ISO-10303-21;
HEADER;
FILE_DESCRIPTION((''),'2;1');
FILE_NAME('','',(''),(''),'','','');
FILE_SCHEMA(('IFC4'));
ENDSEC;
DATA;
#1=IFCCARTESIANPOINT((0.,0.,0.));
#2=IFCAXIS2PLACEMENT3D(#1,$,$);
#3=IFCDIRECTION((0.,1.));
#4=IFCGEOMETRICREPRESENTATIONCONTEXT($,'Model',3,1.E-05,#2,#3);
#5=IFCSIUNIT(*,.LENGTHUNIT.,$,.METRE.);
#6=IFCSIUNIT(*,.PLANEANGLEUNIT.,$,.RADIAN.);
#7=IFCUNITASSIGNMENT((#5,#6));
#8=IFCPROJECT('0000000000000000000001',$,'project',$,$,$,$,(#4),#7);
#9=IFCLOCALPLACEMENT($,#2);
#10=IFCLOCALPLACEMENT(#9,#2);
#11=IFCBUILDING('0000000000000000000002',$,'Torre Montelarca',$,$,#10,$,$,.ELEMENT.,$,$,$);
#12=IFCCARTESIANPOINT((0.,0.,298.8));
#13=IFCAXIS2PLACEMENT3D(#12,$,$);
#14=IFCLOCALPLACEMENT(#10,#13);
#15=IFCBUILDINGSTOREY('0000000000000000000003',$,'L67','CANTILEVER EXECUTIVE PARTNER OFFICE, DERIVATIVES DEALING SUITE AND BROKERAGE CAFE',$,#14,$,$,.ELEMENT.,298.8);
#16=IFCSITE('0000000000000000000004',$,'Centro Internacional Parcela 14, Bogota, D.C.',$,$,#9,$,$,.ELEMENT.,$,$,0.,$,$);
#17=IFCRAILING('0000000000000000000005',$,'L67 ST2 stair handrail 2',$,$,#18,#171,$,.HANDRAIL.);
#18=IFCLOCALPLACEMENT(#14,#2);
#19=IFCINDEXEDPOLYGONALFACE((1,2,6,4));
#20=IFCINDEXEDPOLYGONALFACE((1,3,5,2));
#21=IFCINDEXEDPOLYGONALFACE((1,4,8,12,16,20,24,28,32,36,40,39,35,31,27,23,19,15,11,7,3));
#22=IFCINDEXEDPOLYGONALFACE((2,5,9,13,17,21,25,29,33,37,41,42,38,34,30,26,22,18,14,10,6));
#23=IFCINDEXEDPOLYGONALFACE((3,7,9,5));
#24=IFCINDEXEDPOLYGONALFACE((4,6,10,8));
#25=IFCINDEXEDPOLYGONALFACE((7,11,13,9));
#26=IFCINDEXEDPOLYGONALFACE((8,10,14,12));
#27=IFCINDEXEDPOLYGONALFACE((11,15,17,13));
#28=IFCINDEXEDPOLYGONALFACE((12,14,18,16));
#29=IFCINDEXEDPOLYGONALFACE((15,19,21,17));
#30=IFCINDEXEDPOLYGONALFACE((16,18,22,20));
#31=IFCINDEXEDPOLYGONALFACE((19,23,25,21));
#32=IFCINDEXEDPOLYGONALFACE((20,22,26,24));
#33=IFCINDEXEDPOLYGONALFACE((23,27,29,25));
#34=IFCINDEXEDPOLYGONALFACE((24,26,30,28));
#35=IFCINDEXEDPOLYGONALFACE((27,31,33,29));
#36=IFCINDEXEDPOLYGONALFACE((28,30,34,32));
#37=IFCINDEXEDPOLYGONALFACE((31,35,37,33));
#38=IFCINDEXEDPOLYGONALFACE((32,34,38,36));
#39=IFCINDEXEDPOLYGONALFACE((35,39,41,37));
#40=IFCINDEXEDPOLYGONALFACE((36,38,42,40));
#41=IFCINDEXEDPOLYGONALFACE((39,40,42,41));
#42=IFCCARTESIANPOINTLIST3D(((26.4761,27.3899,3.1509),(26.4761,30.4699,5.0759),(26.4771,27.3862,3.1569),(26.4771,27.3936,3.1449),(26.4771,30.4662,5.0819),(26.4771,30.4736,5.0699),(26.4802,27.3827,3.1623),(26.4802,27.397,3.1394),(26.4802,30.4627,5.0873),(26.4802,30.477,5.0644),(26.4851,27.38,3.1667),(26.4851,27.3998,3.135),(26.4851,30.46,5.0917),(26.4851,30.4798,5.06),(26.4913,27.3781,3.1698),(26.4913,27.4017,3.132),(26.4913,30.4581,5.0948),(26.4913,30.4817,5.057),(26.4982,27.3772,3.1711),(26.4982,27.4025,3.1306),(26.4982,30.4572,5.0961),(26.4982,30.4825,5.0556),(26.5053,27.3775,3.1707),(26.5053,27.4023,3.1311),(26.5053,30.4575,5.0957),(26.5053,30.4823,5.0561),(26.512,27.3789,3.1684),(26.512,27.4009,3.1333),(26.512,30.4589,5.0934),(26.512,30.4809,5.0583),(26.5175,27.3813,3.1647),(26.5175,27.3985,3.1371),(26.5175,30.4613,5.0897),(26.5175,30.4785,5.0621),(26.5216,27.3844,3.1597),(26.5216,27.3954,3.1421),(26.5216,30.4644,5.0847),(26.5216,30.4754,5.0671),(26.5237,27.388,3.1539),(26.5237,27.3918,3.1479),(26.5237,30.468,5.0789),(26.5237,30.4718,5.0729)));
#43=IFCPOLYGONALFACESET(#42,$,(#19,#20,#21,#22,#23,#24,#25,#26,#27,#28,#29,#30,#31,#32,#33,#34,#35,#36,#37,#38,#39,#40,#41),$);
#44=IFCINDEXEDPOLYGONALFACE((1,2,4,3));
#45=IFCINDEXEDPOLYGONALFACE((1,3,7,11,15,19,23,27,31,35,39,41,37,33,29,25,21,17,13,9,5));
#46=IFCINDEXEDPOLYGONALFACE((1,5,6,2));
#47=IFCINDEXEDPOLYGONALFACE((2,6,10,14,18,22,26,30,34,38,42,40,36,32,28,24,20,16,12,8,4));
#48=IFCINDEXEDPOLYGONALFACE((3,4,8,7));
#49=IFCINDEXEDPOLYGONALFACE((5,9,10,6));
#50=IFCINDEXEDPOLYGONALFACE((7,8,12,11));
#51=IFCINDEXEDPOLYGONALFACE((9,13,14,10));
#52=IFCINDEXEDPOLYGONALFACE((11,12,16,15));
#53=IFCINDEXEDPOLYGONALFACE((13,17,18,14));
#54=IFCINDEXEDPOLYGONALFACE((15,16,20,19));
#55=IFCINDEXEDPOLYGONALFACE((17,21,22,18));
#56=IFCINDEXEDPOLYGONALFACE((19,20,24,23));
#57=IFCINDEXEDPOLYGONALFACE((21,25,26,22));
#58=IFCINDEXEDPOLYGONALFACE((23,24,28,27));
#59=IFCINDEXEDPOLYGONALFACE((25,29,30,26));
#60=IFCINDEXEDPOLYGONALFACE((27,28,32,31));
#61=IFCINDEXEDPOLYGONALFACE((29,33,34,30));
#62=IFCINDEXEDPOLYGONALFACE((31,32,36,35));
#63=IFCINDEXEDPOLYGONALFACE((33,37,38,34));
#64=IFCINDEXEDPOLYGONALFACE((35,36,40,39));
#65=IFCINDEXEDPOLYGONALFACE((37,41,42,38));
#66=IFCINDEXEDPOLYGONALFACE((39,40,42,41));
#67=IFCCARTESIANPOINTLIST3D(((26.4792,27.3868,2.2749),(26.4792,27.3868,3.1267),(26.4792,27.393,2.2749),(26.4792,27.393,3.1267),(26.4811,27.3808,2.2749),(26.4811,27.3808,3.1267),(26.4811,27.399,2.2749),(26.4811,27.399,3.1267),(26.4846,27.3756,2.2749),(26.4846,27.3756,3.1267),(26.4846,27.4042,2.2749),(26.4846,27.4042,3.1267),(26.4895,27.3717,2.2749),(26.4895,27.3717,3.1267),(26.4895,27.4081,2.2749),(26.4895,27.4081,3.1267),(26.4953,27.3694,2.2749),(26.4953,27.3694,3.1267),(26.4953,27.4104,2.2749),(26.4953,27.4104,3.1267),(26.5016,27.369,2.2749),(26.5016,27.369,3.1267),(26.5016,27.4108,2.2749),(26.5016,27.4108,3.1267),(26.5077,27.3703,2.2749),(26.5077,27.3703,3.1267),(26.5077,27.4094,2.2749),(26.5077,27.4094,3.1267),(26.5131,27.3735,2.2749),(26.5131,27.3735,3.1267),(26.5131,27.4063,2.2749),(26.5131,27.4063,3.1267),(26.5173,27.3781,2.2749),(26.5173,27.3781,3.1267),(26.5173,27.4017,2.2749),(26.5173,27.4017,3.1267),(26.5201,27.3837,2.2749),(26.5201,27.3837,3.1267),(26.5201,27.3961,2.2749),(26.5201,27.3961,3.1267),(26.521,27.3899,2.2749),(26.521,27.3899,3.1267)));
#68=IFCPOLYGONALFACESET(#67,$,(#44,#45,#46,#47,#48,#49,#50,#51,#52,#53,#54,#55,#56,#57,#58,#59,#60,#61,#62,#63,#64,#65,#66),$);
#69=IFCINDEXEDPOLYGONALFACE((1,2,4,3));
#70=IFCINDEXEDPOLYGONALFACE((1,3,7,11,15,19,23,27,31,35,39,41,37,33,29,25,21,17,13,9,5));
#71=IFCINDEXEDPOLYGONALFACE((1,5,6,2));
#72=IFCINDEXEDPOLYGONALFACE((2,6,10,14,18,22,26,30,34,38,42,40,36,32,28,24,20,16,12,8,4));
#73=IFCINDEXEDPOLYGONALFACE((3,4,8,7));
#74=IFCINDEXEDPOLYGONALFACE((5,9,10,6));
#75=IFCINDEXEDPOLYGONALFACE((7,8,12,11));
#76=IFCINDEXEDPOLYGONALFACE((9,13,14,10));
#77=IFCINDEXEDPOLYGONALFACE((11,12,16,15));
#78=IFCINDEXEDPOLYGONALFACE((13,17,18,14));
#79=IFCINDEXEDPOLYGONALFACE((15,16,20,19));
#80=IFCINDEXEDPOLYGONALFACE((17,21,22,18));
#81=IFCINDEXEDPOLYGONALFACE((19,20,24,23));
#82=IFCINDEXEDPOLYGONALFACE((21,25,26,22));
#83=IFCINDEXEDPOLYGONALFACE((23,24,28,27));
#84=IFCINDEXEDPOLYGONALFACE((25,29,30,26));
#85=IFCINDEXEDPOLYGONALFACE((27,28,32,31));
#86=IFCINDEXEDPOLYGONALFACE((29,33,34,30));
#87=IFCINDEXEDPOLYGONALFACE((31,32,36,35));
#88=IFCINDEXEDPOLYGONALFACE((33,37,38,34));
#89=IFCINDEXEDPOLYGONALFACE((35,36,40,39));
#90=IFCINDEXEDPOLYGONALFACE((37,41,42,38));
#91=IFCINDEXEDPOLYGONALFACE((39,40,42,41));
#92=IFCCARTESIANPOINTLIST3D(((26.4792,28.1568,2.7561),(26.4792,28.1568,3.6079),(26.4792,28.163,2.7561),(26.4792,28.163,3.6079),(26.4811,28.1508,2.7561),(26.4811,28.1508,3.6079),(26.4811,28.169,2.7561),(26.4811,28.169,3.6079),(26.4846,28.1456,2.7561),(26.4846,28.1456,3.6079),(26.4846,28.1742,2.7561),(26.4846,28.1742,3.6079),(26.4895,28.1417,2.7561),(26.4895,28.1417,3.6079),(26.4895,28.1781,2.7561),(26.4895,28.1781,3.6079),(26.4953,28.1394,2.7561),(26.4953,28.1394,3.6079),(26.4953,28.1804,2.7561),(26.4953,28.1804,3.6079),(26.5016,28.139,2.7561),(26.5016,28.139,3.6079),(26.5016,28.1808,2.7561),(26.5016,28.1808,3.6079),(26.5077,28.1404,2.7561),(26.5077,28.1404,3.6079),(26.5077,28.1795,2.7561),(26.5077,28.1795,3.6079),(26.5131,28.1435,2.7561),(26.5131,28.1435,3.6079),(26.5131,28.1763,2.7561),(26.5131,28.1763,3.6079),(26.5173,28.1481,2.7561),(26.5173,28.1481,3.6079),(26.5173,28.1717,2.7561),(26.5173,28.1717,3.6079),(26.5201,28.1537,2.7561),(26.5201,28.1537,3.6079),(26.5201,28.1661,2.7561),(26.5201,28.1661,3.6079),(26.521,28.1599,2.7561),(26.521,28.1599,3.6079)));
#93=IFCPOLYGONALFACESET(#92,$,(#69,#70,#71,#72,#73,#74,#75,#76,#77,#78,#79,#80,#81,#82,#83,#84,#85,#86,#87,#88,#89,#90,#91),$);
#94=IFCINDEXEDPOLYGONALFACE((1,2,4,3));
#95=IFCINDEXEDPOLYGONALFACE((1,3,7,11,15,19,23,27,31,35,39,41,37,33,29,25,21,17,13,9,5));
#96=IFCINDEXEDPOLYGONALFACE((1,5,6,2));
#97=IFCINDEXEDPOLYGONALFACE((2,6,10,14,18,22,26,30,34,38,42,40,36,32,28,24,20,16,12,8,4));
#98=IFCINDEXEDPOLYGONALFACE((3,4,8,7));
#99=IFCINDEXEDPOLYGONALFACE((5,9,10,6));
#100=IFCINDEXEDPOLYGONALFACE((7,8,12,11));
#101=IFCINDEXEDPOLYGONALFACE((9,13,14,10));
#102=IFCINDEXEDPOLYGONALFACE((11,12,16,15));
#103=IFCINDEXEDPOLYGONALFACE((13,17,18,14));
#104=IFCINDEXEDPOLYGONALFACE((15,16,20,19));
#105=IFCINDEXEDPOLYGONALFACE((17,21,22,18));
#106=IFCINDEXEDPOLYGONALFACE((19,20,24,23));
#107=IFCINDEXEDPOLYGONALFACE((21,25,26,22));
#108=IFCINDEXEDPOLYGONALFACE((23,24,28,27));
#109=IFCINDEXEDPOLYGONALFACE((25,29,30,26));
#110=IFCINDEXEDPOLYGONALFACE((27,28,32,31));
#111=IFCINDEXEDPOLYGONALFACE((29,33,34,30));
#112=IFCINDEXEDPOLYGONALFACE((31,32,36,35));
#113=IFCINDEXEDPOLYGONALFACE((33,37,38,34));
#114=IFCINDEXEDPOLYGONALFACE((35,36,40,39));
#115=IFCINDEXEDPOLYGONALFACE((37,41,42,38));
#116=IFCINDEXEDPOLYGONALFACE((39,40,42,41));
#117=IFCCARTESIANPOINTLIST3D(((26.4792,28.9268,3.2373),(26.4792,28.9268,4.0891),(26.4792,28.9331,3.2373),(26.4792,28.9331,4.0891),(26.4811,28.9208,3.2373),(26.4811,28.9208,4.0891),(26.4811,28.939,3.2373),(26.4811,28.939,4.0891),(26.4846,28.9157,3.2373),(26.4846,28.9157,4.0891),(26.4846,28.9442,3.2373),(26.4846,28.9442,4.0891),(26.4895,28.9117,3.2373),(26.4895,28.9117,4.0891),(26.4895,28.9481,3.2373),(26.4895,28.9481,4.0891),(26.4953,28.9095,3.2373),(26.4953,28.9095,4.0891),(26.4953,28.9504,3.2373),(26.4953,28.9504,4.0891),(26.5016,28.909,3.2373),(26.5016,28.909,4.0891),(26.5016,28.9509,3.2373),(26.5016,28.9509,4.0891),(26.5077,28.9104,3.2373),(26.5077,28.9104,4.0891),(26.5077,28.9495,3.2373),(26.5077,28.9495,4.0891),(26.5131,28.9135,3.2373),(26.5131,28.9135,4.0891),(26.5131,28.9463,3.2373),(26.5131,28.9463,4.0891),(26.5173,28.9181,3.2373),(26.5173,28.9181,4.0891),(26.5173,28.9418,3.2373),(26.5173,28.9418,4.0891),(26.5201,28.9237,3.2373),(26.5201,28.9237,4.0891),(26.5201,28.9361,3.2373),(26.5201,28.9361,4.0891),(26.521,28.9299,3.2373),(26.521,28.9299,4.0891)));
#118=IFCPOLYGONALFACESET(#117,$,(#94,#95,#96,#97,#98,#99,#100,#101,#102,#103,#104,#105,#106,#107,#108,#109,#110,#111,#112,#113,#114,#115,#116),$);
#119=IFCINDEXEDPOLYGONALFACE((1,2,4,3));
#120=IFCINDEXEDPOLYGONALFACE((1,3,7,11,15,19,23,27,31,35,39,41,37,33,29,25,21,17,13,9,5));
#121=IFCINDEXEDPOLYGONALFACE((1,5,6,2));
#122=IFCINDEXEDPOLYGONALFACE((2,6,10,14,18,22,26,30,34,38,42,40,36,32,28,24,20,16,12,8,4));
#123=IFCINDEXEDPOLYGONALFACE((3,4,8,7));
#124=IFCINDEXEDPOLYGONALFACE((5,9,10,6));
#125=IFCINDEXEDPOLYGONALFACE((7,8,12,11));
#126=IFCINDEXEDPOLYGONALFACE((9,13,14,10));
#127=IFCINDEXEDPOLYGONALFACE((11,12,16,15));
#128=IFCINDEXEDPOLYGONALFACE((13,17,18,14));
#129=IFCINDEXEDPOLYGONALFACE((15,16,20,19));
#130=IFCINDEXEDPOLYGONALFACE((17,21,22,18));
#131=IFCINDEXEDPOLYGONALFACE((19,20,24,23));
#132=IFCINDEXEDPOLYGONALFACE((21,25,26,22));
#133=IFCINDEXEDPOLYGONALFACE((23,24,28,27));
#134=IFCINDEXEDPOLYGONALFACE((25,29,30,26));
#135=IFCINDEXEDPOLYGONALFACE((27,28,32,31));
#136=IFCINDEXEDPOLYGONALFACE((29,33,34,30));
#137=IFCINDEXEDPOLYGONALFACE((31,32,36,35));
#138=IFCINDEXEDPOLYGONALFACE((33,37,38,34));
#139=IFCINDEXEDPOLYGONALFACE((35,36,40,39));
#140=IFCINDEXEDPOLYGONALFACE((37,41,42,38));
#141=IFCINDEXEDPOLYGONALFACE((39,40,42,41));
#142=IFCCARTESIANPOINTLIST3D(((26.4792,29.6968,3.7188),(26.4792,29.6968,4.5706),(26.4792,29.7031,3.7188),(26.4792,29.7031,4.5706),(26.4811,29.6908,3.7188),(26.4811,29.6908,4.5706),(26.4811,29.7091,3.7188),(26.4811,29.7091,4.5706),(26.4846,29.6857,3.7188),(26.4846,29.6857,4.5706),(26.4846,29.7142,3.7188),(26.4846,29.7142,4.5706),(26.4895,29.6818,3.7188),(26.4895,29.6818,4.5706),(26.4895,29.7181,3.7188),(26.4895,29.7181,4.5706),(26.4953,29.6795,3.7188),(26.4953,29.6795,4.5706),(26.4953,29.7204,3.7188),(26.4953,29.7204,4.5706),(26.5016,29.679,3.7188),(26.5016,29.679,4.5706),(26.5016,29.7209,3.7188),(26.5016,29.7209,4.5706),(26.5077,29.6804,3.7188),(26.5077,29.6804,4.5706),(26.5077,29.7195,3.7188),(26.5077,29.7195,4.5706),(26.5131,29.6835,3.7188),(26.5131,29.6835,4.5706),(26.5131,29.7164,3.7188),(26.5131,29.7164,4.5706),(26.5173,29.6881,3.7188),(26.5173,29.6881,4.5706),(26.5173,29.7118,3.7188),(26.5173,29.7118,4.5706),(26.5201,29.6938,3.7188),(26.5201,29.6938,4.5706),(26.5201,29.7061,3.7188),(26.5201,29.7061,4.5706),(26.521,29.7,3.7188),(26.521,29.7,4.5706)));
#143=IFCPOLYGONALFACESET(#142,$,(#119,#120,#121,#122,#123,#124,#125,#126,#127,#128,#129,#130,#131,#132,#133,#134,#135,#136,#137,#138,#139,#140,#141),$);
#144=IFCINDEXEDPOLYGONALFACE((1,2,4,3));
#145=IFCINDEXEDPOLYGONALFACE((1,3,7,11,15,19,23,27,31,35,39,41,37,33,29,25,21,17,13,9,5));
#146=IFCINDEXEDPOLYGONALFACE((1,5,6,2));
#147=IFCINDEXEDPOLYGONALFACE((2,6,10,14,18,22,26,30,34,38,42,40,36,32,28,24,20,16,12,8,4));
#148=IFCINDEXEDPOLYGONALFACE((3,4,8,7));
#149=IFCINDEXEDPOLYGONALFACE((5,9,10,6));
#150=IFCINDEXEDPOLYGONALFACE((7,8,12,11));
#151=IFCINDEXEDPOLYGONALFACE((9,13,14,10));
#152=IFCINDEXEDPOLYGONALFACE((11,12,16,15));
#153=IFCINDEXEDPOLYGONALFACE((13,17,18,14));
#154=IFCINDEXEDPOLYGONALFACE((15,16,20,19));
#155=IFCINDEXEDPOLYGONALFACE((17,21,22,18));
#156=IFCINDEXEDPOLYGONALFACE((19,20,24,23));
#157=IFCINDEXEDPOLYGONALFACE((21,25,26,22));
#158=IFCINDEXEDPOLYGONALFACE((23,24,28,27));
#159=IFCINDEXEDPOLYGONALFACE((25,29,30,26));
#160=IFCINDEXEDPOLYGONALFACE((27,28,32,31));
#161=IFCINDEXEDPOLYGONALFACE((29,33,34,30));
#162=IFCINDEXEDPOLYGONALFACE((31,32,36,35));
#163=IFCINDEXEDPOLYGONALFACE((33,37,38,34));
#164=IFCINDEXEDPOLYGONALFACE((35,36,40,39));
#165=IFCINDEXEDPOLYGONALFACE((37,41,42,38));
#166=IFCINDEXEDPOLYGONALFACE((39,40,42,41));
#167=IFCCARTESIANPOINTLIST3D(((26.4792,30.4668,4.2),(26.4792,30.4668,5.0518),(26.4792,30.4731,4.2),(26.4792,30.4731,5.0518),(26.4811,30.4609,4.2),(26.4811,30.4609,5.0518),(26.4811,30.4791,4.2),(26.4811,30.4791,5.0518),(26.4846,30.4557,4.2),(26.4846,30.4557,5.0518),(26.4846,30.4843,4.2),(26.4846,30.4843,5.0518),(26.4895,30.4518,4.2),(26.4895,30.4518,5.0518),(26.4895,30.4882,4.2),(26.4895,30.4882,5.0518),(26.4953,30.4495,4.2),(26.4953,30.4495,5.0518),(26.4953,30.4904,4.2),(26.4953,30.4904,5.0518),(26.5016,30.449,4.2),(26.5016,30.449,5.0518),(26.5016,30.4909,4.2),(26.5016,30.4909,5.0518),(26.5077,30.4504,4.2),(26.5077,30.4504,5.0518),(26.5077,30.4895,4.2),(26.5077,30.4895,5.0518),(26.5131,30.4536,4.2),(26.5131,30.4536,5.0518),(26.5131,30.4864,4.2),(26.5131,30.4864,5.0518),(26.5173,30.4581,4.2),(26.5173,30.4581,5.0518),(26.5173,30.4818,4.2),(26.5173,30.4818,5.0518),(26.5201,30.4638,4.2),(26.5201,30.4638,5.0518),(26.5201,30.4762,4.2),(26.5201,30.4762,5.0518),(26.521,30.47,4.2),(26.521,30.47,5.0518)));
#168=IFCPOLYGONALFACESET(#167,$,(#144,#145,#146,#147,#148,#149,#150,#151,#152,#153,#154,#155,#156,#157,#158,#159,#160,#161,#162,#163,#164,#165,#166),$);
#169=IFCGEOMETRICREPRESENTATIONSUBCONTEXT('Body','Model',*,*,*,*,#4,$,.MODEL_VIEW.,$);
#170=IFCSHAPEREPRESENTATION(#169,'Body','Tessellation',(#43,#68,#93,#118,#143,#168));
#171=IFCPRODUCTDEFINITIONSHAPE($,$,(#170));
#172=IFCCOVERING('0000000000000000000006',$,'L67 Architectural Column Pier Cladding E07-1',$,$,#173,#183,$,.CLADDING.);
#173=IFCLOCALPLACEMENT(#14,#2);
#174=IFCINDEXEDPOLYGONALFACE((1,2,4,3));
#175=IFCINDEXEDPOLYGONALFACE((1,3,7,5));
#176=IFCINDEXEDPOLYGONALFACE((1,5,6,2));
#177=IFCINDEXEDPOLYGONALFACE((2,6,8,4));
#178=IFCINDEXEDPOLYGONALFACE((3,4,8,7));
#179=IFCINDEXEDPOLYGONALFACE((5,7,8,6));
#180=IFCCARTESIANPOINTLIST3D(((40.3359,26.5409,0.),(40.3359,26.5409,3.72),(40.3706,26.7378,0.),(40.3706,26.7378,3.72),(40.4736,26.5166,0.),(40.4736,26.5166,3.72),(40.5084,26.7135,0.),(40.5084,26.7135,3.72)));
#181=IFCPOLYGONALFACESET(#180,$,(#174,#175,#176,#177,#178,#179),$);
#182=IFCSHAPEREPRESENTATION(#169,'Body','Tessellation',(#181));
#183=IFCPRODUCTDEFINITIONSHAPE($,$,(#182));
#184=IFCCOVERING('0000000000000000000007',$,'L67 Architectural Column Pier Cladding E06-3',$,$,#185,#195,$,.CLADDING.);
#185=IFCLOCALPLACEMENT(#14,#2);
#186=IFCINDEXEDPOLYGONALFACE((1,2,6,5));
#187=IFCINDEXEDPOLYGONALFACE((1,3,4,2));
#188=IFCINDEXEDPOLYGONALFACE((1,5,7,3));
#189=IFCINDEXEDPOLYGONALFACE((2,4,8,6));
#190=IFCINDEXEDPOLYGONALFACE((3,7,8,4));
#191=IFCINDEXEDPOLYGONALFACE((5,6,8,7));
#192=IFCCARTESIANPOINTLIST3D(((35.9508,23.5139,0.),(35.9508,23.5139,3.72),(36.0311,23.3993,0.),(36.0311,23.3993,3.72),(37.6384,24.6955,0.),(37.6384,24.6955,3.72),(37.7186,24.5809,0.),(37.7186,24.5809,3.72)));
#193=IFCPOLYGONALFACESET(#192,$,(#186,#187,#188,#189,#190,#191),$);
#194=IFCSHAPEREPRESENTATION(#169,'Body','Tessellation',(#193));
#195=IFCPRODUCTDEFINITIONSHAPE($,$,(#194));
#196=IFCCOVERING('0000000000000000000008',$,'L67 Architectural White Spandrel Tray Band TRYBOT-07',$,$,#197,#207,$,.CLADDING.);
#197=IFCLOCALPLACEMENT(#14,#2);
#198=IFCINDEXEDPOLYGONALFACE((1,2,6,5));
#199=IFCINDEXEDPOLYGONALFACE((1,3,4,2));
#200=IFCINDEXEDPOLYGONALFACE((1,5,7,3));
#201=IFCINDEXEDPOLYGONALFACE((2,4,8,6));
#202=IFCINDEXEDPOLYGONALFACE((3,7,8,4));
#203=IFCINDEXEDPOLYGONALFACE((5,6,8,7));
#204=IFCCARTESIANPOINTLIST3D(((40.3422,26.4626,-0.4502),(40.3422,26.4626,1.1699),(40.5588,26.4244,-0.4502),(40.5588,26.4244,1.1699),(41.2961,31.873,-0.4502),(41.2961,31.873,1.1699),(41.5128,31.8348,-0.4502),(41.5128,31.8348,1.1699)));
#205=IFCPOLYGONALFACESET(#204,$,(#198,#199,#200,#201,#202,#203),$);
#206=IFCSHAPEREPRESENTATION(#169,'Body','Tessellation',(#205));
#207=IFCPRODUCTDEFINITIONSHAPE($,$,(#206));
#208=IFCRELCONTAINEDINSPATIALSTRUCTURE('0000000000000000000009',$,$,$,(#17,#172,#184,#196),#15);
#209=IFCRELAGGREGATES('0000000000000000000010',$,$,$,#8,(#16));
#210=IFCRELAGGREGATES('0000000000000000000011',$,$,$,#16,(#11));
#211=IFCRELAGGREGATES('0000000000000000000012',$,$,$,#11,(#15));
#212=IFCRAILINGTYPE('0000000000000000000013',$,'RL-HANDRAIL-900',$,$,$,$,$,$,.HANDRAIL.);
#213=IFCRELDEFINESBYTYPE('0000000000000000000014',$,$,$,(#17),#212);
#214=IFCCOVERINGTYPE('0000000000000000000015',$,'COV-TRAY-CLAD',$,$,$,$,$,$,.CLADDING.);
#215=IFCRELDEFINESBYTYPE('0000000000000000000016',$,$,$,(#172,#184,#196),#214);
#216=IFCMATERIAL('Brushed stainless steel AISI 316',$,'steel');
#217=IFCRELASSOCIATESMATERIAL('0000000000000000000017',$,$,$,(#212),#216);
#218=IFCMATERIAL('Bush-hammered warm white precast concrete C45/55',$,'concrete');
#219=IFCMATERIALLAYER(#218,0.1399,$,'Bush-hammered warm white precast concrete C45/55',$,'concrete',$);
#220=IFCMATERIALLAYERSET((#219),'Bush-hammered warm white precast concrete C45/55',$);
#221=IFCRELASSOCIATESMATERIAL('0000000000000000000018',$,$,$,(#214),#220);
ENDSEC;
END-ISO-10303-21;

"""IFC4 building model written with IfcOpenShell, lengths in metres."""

from ifc_helpers import new_model, si_unit, direction, frame, origin, origin_2d, place, context, subcontext, project, spatial, rectangle, circle, extrude, source, transform, mapped, material, layer, layer_set, type_object, element, save


model = new_model("IFC4")

# Units and contexts
model_context = context("Model", 3, precision=1e-05, world=origin(), true_north=direction((0.0, 1.0)))
body_context = subcontext(model_context, "Body", "Model", "MODEL_VIEW")
ifc_project = project(units=[si_unit("LENGTHUNIT", "METRE"), si_unit("PLANEANGLEUNIT", "RADIAN")], contexts=[model_context])

# Site, building, storey
site_placement = place(None, origin())
site = spatial("IfcSite", under=ifc_project, at=site_placement, Name="Centro Internacional Parcela 14, Bogota, D.C.", CompositionType="ELEMENT", RefElevation=0.0)
building_placement = place(site_placement, origin())
building = spatial("IfcBuilding", under=site, at=building_placement, Name="Torre Montelarca", CompositionType="ELEMENT")
storey_placement = place(building_placement, frame((0.0, 0.0, 298.8)))
storey = spatial("IfcBuildingStorey", under=building, at=storey_placement, Name="L67", Description="CANTILEVER EXECUTIVE PARTNER OFFICE, DERIVATIVES DEALING SUITE AND BROKERAGE CAFE", CompositionType="ELEMENT", Elevation=298.8)

# Railing
ifc_material_1 = material(Name="Brushed stainless steel AISI 316", Category="steel")
railing_type = type_object("IfcRailingType", Name="RL-HANDRAIL-900", PredefinedType="HANDRAIL", material=ifc_material_1)
railing_placement = place(storey_placement, frame((26.5, 27.3899, 2.2749)))
element("IfcRailing", 1, at=railing_placement, inside=storey, type_object=railing_type, Name="L67 ST2 stair handrail 2", PredefinedType="HANDRAIL", context=body_context, shape_type="SweptSolid", body=[
    extrude(circle(Radius=0.0239, at=origin_2d()), frame((0.0, 0.0, 0.876), z_axis=(0.0, 0.847998, 0.529999), x_axis=(-1.0, 0.0, 0.0)), (0.0, 0.0, 1.0), 3.6321),
    extrude(circle(Radius=0.021, at=origin_2d()), origin(), (0.0, 0.0, 1.0), 0.8518),
    extrude(circle(Radius=0.021, at=origin_2d()), frame((0.0, 0.77, 0.4812)), (0.0, 0.0, 1.0), 0.8518),
    extrude(circle(Radius=0.021, at=origin_2d()), frame((0.0, 1.54, 0.9624)), (0.0, 0.0, 1.0), 0.8518),
    extrude(circle(Radius=0.021, at=origin_2d()), frame((0.0, 2.3101, 1.4438)), (0.0, 0.0, 1.0), 0.8518),
    extrude(circle(Radius=0.021, at=origin_2d()), frame((0.0, 3.0801, 1.925)), (0.0, 0.0, 1.0), 0.8518),
])

# Coverings
ifc_material_2 = material(Name="Bush-hammered warm white precast concrete C45/55", Category="concrete")
ifc_layer_1 = layer(ifc_material_2, 0.1399, Name="Bush-hammered warm white precast concrete C45/55", Category="concrete")
ifc_layer_set_1 = layer_set([ifc_layer_1], Name="Bush-hammered warm white precast concrete C45/55")
covering_type = type_object("IfcCoveringType", Name="COV-TRAY-CLAD", PredefinedType="CLADDING", material=ifc_layer_set_1)
shared_shape_1 = source(origin(), body_context, "Body", "SweptSolid", [
    extrude(rectangle(XDim=0.2, YDim=0.1399, at=origin_2d()), origin(), (0.0, 0.0, 1.0), 3.72),
])
covering_1_placement = place(storey_placement, frame((40.4221, 26.6272, 0.0), z_axis=(0.0, 0.0, 1.0), x_axis=(0.173626, 0.984812, 0.0)))
element("IfcCovering", 2, at=covering_1_placement, inside=storey, type_object=covering_type, Name="L67 Architectural Column Pier Cladding E07-1", PredefinedType="CLADDING", context=body_context, shape_type="MappedRepresentation", body=[
    mapped(shared_shape_1, transform((0.0, 0.0, 0.0), scale=1.0)),
])
shared_shape_2 = source(origin(), body_context, "Body", "SweptSolid", [
    extrude(rectangle(XDim=2.0601, YDim=0.1399, at=origin_2d()), origin(), (0.0, 0.0, 1.0), 3.72),
])
covering_2_placement = place(storey_placement, frame((36.8347, 24.0474, 0.0), z_axis=(0.0, 0.0, 1.0), x_axis=(0.819156, 0.573571, 0.0)))
element("IfcCovering", 3, at=covering_2_placement, inside=storey, type_object=covering_type, Name="L67 Architectural Column Pier Cladding E06-3", PredefinedType="CLADDING", context=body_context, shape_type="MappedRepresentation", body=[
    mapped(shared_shape_2, transform((0.0, 0.0, 0.0), scale=1.0)),
])
shared_shape_3 = source(origin(), body_context, "Body", "SweptSolid", [
    extrude(rectangle(XDim=5.4939, YDim=0.22, at=origin_2d()), origin(), (0.0, 0.0, 1.0), 1.6201),
])
covering_3_placement = place(storey_placement, frame((40.9275, 29.1487, -0.4502), z_axis=(0.0, 0.0, 1.0), x_axis=(0.173631, 0.984811, 0.0)))
element("IfcCovering", 4, at=covering_3_placement, inside=storey, type_object=covering_type, Name="L67 Architectural White Spandrel Tray Band TRYBOT-07", PredefinedType="CLADDING", context=body_context, shape_type="MappedRepresentation", body=[
    mapped(shared_shape_3, transform((0.0, 0.0, 0.0), scale=1.0)),
])

save(model, "model.ifc")
